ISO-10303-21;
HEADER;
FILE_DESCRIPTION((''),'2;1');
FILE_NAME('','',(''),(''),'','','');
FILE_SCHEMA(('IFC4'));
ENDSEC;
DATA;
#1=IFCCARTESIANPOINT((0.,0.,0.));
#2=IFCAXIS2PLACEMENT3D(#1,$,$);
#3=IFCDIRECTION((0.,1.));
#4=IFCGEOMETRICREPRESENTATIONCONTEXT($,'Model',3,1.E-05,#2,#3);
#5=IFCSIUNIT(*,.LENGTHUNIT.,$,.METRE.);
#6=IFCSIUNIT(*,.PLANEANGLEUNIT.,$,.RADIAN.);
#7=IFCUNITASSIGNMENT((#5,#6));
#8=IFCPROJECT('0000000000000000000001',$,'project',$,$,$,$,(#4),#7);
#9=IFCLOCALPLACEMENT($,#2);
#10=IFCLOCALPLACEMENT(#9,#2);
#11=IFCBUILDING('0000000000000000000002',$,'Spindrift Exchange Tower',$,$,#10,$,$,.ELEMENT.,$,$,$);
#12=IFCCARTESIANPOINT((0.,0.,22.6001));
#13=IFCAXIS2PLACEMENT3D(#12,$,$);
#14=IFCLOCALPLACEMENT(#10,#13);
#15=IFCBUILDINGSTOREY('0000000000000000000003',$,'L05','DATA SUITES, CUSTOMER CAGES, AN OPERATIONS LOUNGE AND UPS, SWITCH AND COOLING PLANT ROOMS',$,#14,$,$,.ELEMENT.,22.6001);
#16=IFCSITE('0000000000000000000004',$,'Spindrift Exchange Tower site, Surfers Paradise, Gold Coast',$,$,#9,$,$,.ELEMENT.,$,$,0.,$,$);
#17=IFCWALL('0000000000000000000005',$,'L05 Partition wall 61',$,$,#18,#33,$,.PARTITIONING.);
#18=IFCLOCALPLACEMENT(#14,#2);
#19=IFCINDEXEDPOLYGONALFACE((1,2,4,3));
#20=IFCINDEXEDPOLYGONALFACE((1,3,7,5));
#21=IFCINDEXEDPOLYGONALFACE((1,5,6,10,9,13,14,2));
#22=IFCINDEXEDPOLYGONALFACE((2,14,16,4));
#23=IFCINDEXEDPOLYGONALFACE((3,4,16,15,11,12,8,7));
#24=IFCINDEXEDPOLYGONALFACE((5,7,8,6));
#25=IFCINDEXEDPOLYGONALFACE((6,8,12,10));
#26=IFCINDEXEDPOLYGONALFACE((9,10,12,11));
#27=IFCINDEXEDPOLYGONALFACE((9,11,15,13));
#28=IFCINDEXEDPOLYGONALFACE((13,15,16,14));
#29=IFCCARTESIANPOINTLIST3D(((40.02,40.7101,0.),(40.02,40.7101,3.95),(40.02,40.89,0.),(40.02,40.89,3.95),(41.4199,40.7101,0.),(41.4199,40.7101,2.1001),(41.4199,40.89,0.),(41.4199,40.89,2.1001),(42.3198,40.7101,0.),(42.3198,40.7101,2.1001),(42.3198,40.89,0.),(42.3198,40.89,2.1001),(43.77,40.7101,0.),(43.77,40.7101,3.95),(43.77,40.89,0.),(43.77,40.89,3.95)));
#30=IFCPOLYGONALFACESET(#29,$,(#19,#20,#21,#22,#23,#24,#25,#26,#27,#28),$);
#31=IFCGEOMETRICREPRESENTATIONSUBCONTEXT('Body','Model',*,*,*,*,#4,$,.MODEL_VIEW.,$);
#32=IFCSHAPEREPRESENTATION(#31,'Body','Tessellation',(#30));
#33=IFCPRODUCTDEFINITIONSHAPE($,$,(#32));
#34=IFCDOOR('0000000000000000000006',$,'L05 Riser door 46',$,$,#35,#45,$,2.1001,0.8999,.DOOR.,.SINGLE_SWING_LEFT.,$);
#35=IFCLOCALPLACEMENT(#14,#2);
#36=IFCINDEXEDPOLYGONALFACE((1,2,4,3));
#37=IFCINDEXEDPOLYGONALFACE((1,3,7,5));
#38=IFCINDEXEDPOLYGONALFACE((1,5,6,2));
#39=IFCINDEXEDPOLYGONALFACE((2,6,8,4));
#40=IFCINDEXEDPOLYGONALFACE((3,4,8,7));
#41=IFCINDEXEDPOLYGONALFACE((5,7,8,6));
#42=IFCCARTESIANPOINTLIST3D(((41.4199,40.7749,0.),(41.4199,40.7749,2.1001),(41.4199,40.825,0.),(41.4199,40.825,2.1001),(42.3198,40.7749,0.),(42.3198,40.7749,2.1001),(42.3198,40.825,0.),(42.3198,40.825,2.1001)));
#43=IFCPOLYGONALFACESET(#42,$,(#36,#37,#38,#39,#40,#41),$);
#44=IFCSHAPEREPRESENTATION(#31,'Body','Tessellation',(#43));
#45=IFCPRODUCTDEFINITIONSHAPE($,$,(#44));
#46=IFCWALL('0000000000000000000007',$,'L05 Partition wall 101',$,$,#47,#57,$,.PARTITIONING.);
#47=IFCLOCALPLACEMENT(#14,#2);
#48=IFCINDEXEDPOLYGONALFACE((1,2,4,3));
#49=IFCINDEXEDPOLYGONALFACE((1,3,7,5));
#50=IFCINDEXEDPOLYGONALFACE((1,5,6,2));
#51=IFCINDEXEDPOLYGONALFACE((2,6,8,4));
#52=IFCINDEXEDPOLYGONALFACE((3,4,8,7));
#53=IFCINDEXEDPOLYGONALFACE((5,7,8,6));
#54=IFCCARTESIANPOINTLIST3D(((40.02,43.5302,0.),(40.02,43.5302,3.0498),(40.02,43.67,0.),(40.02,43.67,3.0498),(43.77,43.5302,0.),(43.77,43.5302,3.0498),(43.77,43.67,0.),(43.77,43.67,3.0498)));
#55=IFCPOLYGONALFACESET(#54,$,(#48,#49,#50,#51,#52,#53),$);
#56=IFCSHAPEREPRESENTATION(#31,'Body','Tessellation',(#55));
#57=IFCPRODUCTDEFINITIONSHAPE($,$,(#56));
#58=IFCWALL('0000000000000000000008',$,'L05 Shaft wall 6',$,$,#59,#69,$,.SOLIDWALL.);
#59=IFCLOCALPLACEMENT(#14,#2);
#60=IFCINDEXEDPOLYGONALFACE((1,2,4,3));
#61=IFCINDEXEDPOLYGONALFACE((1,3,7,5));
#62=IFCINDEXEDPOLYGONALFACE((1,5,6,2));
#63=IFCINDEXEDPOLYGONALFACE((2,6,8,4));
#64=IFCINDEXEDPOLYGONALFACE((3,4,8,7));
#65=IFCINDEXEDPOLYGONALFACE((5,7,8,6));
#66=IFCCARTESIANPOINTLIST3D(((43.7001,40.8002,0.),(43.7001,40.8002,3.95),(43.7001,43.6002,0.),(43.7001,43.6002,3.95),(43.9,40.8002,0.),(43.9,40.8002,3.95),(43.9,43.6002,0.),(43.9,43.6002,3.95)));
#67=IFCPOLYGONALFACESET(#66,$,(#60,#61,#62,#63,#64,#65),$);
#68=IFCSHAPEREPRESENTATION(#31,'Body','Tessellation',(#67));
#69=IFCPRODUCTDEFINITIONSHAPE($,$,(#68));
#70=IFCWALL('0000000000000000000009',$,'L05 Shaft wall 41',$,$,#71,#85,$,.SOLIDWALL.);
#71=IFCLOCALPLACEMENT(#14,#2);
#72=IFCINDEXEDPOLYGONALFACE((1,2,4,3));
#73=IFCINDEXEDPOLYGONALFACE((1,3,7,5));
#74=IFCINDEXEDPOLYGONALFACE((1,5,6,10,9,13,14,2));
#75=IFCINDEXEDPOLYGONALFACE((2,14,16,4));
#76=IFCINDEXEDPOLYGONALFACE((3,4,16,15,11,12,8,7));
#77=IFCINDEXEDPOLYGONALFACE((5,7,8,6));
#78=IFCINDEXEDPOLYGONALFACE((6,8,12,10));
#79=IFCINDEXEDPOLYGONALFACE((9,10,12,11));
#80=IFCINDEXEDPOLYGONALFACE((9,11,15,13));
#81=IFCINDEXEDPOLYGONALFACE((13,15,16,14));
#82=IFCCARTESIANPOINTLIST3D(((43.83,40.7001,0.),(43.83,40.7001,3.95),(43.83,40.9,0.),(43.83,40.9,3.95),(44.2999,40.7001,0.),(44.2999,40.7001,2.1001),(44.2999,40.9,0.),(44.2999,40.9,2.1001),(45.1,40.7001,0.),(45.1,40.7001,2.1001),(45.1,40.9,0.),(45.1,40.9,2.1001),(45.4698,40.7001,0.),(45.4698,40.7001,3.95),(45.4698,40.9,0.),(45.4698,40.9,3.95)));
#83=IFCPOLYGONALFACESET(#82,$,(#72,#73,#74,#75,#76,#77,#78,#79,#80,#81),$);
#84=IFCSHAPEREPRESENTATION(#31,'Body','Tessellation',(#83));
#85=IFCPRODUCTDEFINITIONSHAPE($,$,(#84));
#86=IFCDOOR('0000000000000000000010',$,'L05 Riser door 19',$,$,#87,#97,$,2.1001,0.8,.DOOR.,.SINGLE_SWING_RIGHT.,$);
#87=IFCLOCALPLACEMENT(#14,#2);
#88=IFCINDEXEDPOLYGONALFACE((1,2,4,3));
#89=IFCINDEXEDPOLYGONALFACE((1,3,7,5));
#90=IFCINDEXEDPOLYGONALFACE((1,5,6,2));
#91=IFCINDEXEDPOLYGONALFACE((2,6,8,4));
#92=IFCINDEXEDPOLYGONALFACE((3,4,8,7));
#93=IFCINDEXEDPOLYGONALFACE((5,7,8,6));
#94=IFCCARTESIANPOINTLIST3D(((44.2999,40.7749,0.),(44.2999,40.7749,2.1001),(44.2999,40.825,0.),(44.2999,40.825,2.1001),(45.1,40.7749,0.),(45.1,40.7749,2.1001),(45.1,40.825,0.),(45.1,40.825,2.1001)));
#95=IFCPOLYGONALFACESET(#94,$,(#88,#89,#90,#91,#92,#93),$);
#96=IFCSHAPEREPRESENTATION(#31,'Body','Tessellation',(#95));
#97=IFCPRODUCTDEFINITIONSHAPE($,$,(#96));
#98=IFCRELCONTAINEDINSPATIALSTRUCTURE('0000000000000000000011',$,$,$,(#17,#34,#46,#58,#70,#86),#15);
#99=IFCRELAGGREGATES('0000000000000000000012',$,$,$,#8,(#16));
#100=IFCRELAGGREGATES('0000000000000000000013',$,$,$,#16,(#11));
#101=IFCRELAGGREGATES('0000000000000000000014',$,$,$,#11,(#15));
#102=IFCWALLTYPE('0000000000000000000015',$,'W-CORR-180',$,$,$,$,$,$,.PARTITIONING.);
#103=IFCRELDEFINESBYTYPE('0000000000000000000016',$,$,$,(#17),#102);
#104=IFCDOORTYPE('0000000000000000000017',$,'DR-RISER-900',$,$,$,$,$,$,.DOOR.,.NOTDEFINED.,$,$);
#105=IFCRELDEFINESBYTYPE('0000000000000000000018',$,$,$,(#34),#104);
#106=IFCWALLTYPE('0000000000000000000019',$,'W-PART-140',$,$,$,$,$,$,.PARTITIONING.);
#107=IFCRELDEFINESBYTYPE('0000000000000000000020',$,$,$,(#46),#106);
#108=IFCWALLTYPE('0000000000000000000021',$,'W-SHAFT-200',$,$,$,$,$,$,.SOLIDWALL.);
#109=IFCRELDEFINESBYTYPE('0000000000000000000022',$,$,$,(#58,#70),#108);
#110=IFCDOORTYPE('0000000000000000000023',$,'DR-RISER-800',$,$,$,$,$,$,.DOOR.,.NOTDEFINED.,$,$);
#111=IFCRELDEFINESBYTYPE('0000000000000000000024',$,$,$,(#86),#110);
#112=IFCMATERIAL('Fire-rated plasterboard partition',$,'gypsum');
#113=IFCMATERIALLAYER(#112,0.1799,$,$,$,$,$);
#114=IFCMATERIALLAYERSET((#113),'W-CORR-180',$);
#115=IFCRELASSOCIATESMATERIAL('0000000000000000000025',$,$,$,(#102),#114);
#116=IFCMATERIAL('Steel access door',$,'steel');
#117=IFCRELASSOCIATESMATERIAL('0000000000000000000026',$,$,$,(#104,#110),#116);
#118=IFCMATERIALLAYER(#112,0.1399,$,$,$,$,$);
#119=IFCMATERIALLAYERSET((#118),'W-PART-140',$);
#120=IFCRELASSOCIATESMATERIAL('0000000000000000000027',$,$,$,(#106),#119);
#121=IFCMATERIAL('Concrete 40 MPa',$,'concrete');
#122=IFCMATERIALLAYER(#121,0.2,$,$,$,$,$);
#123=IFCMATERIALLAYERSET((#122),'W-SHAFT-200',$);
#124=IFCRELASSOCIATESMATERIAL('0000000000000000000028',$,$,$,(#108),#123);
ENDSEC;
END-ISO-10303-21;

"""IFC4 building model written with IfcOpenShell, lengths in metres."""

from ifc_helpers import new_model, si_unit, direction, frame, frame_2d, origin, place, context, subcontext, project, spatial, rectangle, extrude, source, transform, mapped, material, layer, layer_set, type_object, element, fill, save


model = new_model("IFC4")

# Units and contexts
model_context = context("Model", 3, precision=1e-05, world=origin(), true_north=direction((0.0, 1.0)))
body_context = subcontext(model_context, "Body", "Model", "MODEL_VIEW")
ifc_project = project(units=[si_unit("LENGTHUNIT", "METRE"), si_unit("PLANEANGLEUNIT", "RADIAN")], contexts=[model_context])

# Site, building, storey
site_placement = place(None, origin())
site = spatial("IfcSite", under=ifc_project, at=site_placement, Name="Spindrift Exchange Tower site, Surfers Paradise, Gold Coast", CompositionType="ELEMENT", RefElevation=0.0)
building_placement = place(site_placement, origin())
building = spatial("IfcBuilding", under=site, at=building_placement, Name="Spindrift Exchange Tower", CompositionType="ELEMENT")
storey_placement = place(building_placement, frame((0.0, 0.0, 22.6001)))
storey = spatial("IfcBuildingStorey", under=building, at=storey_placement, Name="L05", Description="DATA SUITES, CUSTOMER CAGES, AN OPERATIONS LOUNGE AND UPS, SWITCH AND COOLING PLANT ROOMS", CompositionType="ELEMENT", Elevation=22.6001)

# Wall, opening, door
ifc_material_1 = material(Name="Fire-rated plasterboard partition", Category="gypsum")
ifc_layer_1 = layer(ifc_material_1, 0.1799)
ifc_layer_set_1 = layer_set([ifc_layer_1], Name="W-CORR-180")
wall_type_1 = type_object("IfcWallType", Name="W-CORR-180", PredefinedType="PARTITIONING", material=ifc_layer_set_1)
wall_1_placement = place(storey_placement, frame((40.02, 40.8, 0.0), z_axis=(0.0, 0.0, 1.0), x_axis=(1.0, 0.0, 0.0)))
wall_1 = element("IfcWall", 1, at=wall_1_placement, inside=storey, type_object=wall_type_1, Name="L05 Partition wall 61", PredefinedType="PARTITIONING", context=body_context, shape_type="SweptSolid", body=[
    extrude(rectangle(XDim=3.75, YDim=0.1799, at=frame_2d((1.875, 0.0))), origin(), (0.0, 0.0, 1.0), 3.95),
])
opening_1_placement = place(wall_1_placement, frame((1.3999, 0.0, 0.0)))
opening_1 = element("IfcOpeningElement", 2, at=opening_1_placement, cuts=wall_1, PredefinedType="OPENING", context=body_context, shape_type="SweptSolid", body=[
    extrude(rectangle(XDim=0.8999, YDim=2.1001, at=frame_2d((0.45, 1.05))), frame((0.0, 0.0999, 0.0), z_axis=(0.0, -1.0, 0.0), x_axis=(1.0, 0.0, 0.0)), (0.0, 0.0, 1.0), 0.2),
])
ifc_material_2 = material(Name="Steel access door", Category="steel")
door_type_1 = type_object("IfcDoorType", Name="DR-RISER-900", OperationType="NOTDEFINED", PredefinedType="DOOR", material=ifc_material_2)
shared_shape_1 = source(origin(), body_context, "Body", "SweptSolid", [
    extrude(rectangle(XDim=0.8999, YDim=2.1001, at=frame_2d((0.45, 1.05))), frame((0.0, 0.0249, 0.0), z_axis=(0.0, -1.0, 0.0), x_axis=(1.0, 0.0, 0.0)), (0.0, 0.0, 1.0), 0.05),
])
door_1_placement = place(opening_1_placement, origin())
door_1 = element("IfcDoor", 3, at=door_1_placement, inside=storey, type_object=door_type_1, Name="L05 Riser door 46", OperationType="SINGLE_SWING_LEFT", OverallHeight=2.1001, OverallWidth=0.8999, PredefinedType="DOOR", context=body_context, shape_type="MappedRepresentation", body=[
    mapped(shared_shape_1, transform((0.0, 0.0, 0.0), scale=1.0)),
])
fill(opening_1, door_1)

# Walls
ifc_layer_2 = layer(ifc_material_1, 0.1399)
ifc_layer_set_2 = layer_set([ifc_layer_2], Name="W-PART-140")
wall_type_2 = type_object("IfcWallType", Name="W-PART-140", PredefinedType="PARTITIONING", material=ifc_layer_set_2)
wall_2_placement = place(storey_placement, frame((43.77, 43.6001, 0.0), z_axis=(0.0, 0.0, 1.0), x_axis=(-1.0, 0.0, 0.0)))
element("IfcWall", 4, at=wall_2_placement, inside=storey, type_object=wall_type_2, Name="L05 Partition wall 101", PredefinedType="PARTITIONING", context=body_context, shape_type="SweptSolid", body=[
    extrude(rectangle(XDim=3.75, YDim=0.1399, at=frame_2d((1.875, 0.0))), origin(), (0.0, 0.0, 1.0), 3.0498),
])
ifc_material_3 = material(Name="Concrete 40 MPa", Category="concrete")
ifc_layer_3 = layer(ifc_material_3, 0.2)
ifc_layer_set_3 = layer_set([ifc_layer_3], Name="W-SHAFT-200")
wall_type_3 = type_object("IfcWallType", Name="W-SHAFT-200", PredefinedType="SOLIDWALL", material=ifc_layer_set_3)
wall_3_placement = place(storey_placement, frame((43.8, 43.6001, 0.0), z_axis=(0.0, 0.0, 1.0), x_axis=(0.0, -1.0, 0.0)))
element("IfcWall", 5, at=wall_3_placement, inside=storey, type_object=wall_type_3, Name="L05 Shaft wall 6", PredefinedType="SOLIDWALL", context=body_context, shape_type="SweptSolid", body=[
    extrude(rectangle(XDim=2.8, YDim=0.2, at=frame_2d((1.3999, 0.0))), origin(), (0.0, 0.0, 1.0), 3.95),
])

# Wall, opening, door
wall_4_placement = place(storey_placement, frame((43.8301, 40.8, 0.0), z_axis=(0.0, 0.0, 1.0), x_axis=(1.0, 0.0, 0.0)))
wall_4 = element("IfcWall", 6, at=wall_4_placement, inside=storey, type_object=wall_type_3, Name="L05 Shaft wall 41", PredefinedType="SOLIDWALL", context=body_context, shape_type="SweptSolid", body=[
    extrude(rectangle(XDim=1.6399, YDim=0.2, at=frame_2d((0.8198, 0.0))), origin(), (0.0, 0.0, 1.0), 3.95),
])
opening_2_placement = place(wall_4_placement, frame((0.47, 0.0, 0.0)))
opening_2 = element("IfcOpeningElement", 7, at=opening_2_placement, cuts=wall_4, PredefinedType="OPENING", context=body_context, shape_type="SweptSolid", body=[
    extrude(rectangle(XDim=0.8, YDim=2.1001, at=frame_2d((0.3999, 1.05))), frame((0.0, 0.1099, 0.0), z_axis=(0.0, -1.0, 0.0), x_axis=(1.0, 0.0, 0.0)), (0.0, 0.0, 1.0), 0.22),
])
door_type_2 = type_object("IfcDoorType", Name="DR-RISER-800", OperationType="NOTDEFINED", PredefinedType="DOOR", material=ifc_material_2)
shared_shape_2 = source(origin(), body_context, "Body", "SweptSolid", [
    extrude(rectangle(XDim=0.8, YDim=2.1001, at=frame_2d((0.3999, 1.05))), frame((0.0, 0.0249, 0.0), z_axis=(0.0, -1.0, 0.0), x_axis=(1.0, 0.0, 0.0)), (0.0, 0.0, 1.0), 0.05),
])
door_2_placement = place(opening_2_placement, origin())
door_2 = element("IfcDoor", 8, at=door_2_placement, inside=storey, type_object=door_type_2, Name="L05 Riser door 19", OperationType="SINGLE_SWING_RIGHT", OverallHeight=2.1001, OverallWidth=0.8, PredefinedType="DOOR", context=body_context, shape_type="MappedRepresentation", body=[
    mapped(shared_shape_2, transform((0.0, 0.0, 0.0), scale=1.0)),
])
fill(opening_2, door_2)

save(model, "model.ifc")
